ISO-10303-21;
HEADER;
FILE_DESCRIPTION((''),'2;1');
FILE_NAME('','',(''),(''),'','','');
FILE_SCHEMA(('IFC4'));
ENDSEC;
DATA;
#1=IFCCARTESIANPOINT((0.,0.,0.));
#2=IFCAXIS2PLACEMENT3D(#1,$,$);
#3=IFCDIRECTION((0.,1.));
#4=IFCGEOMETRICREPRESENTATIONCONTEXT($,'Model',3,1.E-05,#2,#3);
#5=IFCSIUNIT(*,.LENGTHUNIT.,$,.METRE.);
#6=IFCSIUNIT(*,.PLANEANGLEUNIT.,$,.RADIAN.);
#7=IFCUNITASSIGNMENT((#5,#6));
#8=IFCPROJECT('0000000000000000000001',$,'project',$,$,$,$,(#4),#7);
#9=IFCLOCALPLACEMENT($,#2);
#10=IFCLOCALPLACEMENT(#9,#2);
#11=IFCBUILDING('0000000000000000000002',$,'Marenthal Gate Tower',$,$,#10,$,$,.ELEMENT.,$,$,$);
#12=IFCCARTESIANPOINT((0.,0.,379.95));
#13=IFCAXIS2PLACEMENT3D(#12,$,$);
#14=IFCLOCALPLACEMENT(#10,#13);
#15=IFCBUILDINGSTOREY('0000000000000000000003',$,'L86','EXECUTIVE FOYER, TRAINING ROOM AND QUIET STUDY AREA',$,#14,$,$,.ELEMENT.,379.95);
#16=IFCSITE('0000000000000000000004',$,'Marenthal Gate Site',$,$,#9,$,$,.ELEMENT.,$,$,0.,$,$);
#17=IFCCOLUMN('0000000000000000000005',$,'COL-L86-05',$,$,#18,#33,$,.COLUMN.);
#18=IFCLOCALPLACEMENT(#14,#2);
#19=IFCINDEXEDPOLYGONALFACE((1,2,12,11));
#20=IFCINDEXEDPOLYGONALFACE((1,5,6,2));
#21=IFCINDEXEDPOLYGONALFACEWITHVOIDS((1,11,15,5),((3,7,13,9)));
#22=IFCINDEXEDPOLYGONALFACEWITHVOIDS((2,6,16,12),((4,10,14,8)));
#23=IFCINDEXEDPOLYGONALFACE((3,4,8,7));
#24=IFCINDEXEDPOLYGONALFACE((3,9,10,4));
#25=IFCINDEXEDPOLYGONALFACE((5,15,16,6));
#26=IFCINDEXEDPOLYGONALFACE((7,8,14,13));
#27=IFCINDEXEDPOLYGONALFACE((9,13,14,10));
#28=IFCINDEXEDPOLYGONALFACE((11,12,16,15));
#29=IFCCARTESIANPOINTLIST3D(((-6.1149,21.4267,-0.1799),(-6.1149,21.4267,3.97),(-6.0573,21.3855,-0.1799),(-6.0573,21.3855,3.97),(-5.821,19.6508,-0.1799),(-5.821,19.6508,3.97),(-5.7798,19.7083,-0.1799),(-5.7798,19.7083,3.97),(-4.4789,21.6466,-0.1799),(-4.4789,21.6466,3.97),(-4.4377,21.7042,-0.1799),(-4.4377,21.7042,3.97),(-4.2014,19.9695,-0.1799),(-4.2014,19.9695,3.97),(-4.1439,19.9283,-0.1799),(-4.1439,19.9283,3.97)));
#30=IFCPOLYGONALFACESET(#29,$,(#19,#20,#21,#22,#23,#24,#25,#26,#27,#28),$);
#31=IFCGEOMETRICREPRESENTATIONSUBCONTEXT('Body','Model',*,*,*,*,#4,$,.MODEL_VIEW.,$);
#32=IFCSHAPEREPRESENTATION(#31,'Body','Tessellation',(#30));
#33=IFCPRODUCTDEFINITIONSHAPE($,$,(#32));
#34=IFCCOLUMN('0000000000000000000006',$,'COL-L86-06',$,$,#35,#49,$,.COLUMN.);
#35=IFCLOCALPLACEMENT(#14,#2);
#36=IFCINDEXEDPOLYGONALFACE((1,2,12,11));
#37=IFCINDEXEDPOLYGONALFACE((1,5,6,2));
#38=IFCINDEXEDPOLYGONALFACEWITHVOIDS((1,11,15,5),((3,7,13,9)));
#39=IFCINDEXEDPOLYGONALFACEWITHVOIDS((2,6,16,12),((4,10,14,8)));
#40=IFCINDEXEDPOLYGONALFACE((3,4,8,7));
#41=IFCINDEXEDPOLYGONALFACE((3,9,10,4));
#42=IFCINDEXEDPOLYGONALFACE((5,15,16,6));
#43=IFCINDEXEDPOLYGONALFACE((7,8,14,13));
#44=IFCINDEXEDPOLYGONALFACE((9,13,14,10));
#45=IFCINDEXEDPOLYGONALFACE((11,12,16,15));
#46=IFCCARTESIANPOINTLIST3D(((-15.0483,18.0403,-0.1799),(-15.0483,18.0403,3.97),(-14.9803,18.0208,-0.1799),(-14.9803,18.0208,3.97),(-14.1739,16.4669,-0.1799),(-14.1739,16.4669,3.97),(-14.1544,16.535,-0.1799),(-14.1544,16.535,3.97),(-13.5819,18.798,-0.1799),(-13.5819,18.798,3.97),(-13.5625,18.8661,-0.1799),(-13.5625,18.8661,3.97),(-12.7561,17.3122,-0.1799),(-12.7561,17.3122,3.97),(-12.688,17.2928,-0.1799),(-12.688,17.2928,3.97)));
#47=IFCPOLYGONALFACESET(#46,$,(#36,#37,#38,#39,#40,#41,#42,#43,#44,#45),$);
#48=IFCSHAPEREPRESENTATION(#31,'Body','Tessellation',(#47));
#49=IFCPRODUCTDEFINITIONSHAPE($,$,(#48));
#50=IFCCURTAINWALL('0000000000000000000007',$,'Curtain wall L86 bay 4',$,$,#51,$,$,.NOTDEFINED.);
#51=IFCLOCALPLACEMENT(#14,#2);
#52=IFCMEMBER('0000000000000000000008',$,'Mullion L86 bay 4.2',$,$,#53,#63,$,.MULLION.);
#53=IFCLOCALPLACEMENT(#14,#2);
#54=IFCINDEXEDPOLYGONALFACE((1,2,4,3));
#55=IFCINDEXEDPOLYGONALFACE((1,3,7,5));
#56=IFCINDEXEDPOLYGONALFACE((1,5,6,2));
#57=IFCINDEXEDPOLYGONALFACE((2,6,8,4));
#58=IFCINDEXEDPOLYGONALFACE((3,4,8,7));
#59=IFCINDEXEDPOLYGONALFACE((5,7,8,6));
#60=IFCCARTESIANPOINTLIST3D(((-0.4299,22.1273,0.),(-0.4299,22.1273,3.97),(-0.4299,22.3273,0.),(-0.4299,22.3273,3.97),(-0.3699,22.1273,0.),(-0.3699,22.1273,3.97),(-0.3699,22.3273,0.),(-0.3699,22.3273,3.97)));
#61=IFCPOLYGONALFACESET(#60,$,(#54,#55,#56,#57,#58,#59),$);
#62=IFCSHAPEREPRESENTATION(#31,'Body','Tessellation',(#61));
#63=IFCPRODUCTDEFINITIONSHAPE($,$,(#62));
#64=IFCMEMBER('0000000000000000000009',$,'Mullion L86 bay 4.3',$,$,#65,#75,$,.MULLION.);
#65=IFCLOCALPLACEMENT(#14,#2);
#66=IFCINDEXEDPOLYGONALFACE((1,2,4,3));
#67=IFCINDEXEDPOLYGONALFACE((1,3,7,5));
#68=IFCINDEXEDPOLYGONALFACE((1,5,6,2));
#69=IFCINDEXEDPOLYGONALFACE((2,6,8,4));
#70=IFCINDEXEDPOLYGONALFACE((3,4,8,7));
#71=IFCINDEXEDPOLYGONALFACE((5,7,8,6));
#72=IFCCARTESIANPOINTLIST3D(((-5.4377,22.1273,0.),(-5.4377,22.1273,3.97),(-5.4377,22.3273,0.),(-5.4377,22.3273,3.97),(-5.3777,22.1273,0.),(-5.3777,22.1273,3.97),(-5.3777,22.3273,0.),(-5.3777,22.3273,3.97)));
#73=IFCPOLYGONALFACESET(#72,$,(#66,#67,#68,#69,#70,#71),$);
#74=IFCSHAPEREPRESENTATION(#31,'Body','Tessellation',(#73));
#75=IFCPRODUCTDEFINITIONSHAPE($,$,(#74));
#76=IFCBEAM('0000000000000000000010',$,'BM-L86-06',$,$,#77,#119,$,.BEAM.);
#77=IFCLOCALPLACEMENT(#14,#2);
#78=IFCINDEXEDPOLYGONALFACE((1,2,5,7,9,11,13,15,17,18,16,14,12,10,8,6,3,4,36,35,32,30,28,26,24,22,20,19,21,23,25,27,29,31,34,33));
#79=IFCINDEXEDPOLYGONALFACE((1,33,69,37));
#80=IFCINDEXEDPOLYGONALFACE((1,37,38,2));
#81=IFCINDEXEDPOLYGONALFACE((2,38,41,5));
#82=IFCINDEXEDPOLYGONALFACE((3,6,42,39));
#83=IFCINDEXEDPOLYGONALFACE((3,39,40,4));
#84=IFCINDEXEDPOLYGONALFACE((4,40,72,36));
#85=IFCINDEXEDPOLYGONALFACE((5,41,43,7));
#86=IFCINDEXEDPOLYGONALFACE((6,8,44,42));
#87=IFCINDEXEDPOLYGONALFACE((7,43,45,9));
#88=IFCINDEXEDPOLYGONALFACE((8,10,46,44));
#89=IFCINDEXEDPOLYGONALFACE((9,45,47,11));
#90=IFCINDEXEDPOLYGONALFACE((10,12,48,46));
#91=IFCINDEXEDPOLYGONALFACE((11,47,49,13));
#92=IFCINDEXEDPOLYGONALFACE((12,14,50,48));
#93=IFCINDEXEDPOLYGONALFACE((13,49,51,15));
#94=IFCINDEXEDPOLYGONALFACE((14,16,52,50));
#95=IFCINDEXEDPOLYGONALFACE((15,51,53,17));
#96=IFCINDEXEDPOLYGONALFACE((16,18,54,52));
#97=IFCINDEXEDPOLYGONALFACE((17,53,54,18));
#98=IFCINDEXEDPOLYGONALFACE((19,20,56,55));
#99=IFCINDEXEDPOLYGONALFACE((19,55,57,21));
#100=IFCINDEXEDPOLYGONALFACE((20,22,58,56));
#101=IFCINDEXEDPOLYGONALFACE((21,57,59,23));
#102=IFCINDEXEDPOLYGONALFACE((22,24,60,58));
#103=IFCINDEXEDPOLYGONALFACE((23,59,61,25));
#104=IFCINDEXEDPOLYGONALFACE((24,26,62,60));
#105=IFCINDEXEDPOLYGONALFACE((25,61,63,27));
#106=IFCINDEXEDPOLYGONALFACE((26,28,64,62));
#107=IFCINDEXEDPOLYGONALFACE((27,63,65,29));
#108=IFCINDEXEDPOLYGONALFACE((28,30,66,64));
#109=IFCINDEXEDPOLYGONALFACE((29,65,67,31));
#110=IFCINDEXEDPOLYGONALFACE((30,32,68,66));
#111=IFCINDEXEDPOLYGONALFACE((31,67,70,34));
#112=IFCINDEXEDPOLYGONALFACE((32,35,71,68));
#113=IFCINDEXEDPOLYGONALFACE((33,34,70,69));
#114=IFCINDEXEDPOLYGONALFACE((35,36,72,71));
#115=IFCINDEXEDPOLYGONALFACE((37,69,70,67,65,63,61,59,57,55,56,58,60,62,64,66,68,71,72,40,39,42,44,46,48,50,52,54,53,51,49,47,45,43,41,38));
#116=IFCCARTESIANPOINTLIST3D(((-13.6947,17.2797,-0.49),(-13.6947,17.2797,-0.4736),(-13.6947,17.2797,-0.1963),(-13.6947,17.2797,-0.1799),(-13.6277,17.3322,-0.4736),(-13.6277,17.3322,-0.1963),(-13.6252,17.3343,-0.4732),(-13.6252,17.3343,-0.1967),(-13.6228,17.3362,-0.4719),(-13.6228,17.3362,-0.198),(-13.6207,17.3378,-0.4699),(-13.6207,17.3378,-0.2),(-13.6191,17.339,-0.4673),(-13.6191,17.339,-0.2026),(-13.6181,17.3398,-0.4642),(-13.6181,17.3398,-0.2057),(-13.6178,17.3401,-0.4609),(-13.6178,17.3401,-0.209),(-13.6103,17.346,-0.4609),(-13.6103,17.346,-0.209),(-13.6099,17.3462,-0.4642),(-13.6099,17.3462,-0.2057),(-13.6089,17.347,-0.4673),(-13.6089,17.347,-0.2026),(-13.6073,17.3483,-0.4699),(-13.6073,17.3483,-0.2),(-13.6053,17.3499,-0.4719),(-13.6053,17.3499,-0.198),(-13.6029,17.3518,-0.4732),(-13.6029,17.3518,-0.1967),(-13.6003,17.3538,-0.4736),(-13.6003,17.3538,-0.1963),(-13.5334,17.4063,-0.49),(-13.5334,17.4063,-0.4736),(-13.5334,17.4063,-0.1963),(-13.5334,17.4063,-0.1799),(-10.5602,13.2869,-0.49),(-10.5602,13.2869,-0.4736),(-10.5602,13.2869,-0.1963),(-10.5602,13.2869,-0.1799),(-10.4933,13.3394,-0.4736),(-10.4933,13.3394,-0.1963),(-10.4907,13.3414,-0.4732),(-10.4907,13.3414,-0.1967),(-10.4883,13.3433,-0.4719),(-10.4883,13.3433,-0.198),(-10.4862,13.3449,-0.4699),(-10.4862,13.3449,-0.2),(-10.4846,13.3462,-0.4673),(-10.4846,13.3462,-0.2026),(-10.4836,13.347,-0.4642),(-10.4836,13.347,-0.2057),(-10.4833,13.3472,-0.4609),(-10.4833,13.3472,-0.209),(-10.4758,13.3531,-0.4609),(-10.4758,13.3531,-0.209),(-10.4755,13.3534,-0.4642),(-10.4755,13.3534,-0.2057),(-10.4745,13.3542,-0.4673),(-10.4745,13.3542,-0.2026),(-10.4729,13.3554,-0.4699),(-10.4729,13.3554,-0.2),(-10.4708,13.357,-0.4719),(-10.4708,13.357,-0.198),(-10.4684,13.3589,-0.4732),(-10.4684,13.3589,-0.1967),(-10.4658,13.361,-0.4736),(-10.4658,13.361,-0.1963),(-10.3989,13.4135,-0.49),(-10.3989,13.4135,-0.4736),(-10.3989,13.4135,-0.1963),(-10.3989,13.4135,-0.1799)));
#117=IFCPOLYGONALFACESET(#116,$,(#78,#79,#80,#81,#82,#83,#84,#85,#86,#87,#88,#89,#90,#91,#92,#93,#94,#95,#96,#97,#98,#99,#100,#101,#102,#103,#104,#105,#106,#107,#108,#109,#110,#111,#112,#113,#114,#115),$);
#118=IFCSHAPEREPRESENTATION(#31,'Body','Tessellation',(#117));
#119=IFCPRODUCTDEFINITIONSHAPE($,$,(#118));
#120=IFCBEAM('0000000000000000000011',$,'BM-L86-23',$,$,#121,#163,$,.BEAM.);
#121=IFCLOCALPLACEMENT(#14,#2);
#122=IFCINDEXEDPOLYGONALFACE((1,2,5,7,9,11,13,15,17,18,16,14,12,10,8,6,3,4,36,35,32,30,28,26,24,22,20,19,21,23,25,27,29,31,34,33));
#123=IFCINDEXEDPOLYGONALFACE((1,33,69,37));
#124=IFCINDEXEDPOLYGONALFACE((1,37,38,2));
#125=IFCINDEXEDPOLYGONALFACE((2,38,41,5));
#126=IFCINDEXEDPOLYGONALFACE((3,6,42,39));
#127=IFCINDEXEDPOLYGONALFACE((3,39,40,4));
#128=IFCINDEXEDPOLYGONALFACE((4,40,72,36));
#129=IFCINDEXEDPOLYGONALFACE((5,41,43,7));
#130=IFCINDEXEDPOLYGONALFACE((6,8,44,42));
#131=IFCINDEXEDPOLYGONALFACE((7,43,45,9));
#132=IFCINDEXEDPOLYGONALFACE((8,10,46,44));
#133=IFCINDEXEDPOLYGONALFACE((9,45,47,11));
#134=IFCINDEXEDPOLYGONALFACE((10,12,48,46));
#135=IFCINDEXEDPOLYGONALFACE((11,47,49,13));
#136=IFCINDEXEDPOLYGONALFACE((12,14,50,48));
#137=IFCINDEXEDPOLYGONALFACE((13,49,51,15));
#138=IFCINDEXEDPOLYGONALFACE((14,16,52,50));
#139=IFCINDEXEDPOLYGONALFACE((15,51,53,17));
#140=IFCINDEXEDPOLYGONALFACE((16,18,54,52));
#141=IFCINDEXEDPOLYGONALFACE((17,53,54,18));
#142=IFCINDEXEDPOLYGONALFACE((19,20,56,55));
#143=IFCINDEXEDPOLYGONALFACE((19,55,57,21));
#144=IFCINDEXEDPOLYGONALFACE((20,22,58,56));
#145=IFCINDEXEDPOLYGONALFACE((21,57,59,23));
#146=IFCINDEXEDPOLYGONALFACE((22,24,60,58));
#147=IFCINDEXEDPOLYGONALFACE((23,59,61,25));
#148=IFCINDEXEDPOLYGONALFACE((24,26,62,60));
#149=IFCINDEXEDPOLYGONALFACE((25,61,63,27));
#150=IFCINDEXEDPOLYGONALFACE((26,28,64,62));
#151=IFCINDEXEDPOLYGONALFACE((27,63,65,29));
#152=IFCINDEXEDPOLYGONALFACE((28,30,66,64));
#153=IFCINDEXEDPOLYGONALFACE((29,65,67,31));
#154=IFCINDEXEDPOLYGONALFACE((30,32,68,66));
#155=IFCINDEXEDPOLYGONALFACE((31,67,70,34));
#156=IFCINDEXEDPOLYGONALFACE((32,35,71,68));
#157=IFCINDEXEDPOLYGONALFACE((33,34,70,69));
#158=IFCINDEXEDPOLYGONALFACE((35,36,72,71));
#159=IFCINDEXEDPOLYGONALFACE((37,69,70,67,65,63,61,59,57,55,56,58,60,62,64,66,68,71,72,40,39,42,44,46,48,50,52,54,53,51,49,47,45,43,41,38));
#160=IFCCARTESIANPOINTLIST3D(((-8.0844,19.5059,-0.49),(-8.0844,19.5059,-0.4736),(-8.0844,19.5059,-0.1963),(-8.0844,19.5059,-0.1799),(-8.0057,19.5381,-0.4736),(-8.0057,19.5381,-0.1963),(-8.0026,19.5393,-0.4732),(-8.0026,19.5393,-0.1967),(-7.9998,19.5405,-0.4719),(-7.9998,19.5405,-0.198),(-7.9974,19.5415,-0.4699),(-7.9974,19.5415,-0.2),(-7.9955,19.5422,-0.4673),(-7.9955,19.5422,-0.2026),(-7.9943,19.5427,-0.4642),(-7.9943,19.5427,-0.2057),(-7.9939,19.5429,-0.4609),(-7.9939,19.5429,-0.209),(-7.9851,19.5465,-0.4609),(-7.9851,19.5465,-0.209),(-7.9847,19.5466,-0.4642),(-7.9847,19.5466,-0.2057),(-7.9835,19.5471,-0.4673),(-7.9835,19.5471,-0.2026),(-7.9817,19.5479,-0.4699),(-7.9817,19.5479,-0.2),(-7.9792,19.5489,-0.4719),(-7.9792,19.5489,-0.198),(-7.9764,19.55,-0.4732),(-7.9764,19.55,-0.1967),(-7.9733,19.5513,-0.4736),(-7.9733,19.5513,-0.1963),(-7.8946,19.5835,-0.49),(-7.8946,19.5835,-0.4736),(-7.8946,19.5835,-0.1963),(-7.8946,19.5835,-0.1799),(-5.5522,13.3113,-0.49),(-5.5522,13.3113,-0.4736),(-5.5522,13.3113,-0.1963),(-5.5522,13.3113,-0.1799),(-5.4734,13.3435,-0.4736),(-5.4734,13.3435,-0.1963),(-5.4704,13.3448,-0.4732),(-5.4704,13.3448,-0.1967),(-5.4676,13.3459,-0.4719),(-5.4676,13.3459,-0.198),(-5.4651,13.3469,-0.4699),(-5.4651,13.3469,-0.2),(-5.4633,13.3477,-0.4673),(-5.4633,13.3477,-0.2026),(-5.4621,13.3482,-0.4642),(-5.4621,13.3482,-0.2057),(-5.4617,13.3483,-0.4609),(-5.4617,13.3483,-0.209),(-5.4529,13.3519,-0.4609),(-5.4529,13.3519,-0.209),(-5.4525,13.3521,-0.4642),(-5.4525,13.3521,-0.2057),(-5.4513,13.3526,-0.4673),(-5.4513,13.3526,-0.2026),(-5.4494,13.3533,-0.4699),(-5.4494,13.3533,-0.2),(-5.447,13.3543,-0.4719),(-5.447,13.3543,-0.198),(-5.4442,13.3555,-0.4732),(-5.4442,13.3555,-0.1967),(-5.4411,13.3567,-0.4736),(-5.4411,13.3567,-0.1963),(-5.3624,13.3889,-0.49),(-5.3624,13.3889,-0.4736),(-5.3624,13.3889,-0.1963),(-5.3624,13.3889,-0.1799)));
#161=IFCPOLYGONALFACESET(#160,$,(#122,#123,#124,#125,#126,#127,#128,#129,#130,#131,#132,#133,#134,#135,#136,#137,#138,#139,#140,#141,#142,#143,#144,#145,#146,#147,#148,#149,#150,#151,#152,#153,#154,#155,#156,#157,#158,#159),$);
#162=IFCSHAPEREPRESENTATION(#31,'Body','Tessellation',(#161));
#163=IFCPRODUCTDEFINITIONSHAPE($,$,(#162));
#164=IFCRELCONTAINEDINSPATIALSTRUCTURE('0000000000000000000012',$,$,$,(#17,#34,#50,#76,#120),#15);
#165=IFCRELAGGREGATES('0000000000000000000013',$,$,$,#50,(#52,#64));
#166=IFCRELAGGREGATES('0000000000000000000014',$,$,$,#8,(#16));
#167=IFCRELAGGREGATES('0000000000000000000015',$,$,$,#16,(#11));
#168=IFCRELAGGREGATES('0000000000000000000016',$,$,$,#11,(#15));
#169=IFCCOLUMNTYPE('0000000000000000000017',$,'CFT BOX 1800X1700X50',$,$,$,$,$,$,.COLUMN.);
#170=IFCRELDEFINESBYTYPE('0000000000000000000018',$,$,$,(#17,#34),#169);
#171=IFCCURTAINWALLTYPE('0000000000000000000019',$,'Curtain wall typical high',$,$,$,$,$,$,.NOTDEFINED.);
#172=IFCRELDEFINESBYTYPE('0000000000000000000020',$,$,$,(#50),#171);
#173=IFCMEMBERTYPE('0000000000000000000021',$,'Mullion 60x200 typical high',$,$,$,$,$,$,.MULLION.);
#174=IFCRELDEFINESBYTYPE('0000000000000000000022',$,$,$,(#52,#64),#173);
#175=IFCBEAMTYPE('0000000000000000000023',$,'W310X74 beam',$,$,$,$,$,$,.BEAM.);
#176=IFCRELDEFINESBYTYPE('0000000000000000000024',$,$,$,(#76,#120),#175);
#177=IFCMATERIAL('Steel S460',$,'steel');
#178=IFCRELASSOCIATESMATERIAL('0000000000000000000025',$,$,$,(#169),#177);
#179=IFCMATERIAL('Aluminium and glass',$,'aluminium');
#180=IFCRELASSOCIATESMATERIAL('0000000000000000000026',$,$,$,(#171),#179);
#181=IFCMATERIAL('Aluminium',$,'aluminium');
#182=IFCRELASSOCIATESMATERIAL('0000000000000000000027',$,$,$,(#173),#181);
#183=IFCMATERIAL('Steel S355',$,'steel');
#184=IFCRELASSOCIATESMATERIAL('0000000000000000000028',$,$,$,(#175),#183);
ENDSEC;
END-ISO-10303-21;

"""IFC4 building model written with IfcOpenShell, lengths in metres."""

from ifc_helpers import new_model, si_unit, direction, frame, origin, origin_2d, place, context, subcontext, project, spatial, rectangle, hollow_rectangle, i_section, extrude, material, material_profile, profile_set, type_object, element, aggregate, save


model = new_model("IFC4")

# Units and contexts
model_context = context("Model", 3, precision=1e-05, world=origin(), true_north=direction((0.0, 1.0)))
body_context = subcontext(model_context, "Body", "Model", "MODEL_VIEW")
ifc_project = project(units=[si_unit("LENGTHUNIT", "METRE"), si_unit("PLANEANGLEUNIT", "RADIAN")], contexts=[model_context])

# Site, building, storey
site_placement = place(None, origin())
site = spatial("IfcSite", under=ifc_project, at=site_placement, Name="Marenthal Gate Site", CompositionType="ELEMENT", RefElevation=0.0)
building_placement = place(site_placement, origin())
building = spatial("IfcBuilding", under=site, at=building_placement, Name="Marenthal Gate Tower", CompositionType="ELEMENT")
storey_placement = place(building_placement, frame((0.0, 0.0, 379.95)))
storey = spatial("IfcBuildingStorey", under=building, at=storey_placement, Name="L86", Description="EXECUTIVE FOYER, TRAINING ROOM AND QUIET STUDY AREA", CompositionType="ELEMENT", Elevation=379.95)

# Columns
ifc_material_1 = material(Name="Steel S460", Category="steel")
ifc_material_profile_1 = material_profile(ifc_material_1, hollow_rectangle(XDim=1.7, YDim=1.8, WallThickness=0.05, at=origin_2d()), Name="CFT BOX 1800X1700X50")
ifc_material_2 = material(Name="Concrete 70 MPa", Category="concrete")
ifc_material_profile_2 = material_profile(ifc_material_2, rectangle(XDim=1.6001, YDim=1.7, at=origin_2d()), Name="CFT BOX 1800X1700X50 INFILL")
ifc_profile_set_1 = profile_set([ifc_material_profile_1, ifc_material_profile_2], Name="Steel S460 shell, Concrete 70 MPa infill")
column_type = type_object("IfcColumnType", Name="CFT BOX 1800X1700X50", PredefinedType="COLUMN", material=ifc_profile_set_1)
for number, where, z_axis, x_axis, name in (
    (1, (-5.1294, 20.6775, -0.1799), (0.0, 0.0, 1.0), (0.986586, 0.16324, 0.0), "COL-L86-05"),
    (2, (-13.8682, 17.6665, -0.1799), (0.0, 0.0, 1.0), (0.874065, 0.485809, 0.0), "COL-L86-06"),
):
    element("IfcColumn", number, at=place(storey_placement, frame(where, z_axis=z_axis, x_axis=x_axis)), inside=storey, type_object=column_type, Name=name, PredefinedType="COLUMN", context=body_context, shape_type="SweptSolid", body=[
        extrude(hollow_rectangle(XDim=1.7, YDim=1.8, WallThickness=0.05, at=origin_2d()), origin(), (0.0, 0.0, 1.0), 4.1499),
    ])

# Curtain wall, members
ifc_material_3 = material(Name="Aluminium and glass", Category="aluminium")
curtain_wall_type = type_object("IfcCurtainWallType", Name="Curtain wall typical high", PredefinedType="NOTDEFINED", material=ifc_material_3)
curtain_wall_placement = place(storey_placement, origin())
curtain_wall = element("IfcCurtainWall", 3, at=curtain_wall_placement, inside=storey, type_object=curtain_wall_type, Name="Curtain wall L86 bay 4", PredefinedType="NOTDEFINED")
ifc_material_4 = material(Name="Aluminium", Category="aluminium")
ifc_material_profile_3 = material_profile(ifc_material_4, rectangle(XDim=0.2, YDim=0.0601, at=origin_2d()), Name="60x200 aluminium mullion")
ifc_profile_set_2 = profile_set([ifc_material_profile_3], Name="Aluminium")
member_type = type_object("IfcMemberType", Name="Mullion 60x200 typical high", PredefinedType="MULLION", material=ifc_profile_set_2)
member_1_placement = place(storey_placement, frame((-0.3999, 22.2273, 0.0), z_axis=(0.0, 0.0, 1.0), x_axis=(0.0, -1.0, 0.0)))
member_1 = element("IfcMember", 4, at=member_1_placement, type_object=member_type, Name="Mullion L86 bay 4.2", PredefinedType="MULLION", context=body_context, shape_type="SweptSolid", body=[
    extrude(rectangle(XDim=0.2, YDim=0.0601, at=origin_2d()), origin(), (0.0, 0.0, 1.0), 3.97),
])
member_2_placement = place(storey_placement, frame((-5.4077, 22.2273, 0.0), z_axis=(0.0, 0.0, 1.0), x_axis=(0.0, -1.0, 0.0)))
member_2 = element("IfcMember", 5, at=member_2_placement, type_object=member_type, Name="Mullion L86 bay 4.3", PredefinedType="MULLION", context=body_context, shape_type="SweptSolid", body=[
    extrude(rectangle(XDim=0.2, YDim=0.0601, at=origin_2d()), origin(), (0.0, 0.0, 1.0), 3.97),
])

# Beams
ifc_material_5 = material(Name="Steel S355", Category="steel")
ifc_material_profile_4 = material_profile(ifc_material_5, i_section(OverallWidth=0.2051, OverallDepth=0.3101, WebThickness=0.0095, FlangeThickness=0.0164, FilletRadius=0.0127, at=origin_2d()), Name="W310X74")
ifc_profile_set_3 = profile_set([ifc_material_profile_4], Name="Steel S355")
beam_type_1 = type_object("IfcBeamType", Name="W310X74 beam", PredefinedType="BEAM", material=ifc_profile_set_3)
beam_1_placement = place(storey_placement, frame((-13.614, 17.343, -0.335), z_axis=(0.617484, -0.786584, 0.0), x_axis=(0.786584, 0.617484, 0.0)))
element("IfcBeam", 6, at=beam_1_placement, inside=storey, type_object=beam_type_1, Name="BM-L86-06", PredefinedType="BEAM", context=body_context, shape_type="SweptSolid", body=[
    extrude(i_section(OverallWidth=0.2051, OverallDepth=0.3101, WebThickness=0.0095, FlangeThickness=0.0164, FilletRadius=0.0127, at=origin_2d()), origin(), (0.0, 0.0, 1.0), 5.0762),
])
beam_2_placement = place(storey_placement, frame((-7.9895, 19.5447, -0.335), z_axis=(0.378387, -0.925647, 0.0), x_axis=(0.925647, 0.378387, 0.0)))
element("IfcBeam", 7, at=beam_2_placement, inside=storey, type_object=beam_type_1, Name="BM-L86-23", PredefinedType="BEAM", context=body_context, shape_type="SweptSolid", body=[
    extrude(i_section(OverallWidth=0.2051, OverallDepth=0.3101, WebThickness=0.0095, FlangeThickness=0.0164, FilletRadius=0.0127, at=origin_2d()), origin(), (0.0, 0.0, 1.0), 6.6921),
])

aggregate(curtain_wall, [member_1, member_2])

save(model, "model.ifc")
